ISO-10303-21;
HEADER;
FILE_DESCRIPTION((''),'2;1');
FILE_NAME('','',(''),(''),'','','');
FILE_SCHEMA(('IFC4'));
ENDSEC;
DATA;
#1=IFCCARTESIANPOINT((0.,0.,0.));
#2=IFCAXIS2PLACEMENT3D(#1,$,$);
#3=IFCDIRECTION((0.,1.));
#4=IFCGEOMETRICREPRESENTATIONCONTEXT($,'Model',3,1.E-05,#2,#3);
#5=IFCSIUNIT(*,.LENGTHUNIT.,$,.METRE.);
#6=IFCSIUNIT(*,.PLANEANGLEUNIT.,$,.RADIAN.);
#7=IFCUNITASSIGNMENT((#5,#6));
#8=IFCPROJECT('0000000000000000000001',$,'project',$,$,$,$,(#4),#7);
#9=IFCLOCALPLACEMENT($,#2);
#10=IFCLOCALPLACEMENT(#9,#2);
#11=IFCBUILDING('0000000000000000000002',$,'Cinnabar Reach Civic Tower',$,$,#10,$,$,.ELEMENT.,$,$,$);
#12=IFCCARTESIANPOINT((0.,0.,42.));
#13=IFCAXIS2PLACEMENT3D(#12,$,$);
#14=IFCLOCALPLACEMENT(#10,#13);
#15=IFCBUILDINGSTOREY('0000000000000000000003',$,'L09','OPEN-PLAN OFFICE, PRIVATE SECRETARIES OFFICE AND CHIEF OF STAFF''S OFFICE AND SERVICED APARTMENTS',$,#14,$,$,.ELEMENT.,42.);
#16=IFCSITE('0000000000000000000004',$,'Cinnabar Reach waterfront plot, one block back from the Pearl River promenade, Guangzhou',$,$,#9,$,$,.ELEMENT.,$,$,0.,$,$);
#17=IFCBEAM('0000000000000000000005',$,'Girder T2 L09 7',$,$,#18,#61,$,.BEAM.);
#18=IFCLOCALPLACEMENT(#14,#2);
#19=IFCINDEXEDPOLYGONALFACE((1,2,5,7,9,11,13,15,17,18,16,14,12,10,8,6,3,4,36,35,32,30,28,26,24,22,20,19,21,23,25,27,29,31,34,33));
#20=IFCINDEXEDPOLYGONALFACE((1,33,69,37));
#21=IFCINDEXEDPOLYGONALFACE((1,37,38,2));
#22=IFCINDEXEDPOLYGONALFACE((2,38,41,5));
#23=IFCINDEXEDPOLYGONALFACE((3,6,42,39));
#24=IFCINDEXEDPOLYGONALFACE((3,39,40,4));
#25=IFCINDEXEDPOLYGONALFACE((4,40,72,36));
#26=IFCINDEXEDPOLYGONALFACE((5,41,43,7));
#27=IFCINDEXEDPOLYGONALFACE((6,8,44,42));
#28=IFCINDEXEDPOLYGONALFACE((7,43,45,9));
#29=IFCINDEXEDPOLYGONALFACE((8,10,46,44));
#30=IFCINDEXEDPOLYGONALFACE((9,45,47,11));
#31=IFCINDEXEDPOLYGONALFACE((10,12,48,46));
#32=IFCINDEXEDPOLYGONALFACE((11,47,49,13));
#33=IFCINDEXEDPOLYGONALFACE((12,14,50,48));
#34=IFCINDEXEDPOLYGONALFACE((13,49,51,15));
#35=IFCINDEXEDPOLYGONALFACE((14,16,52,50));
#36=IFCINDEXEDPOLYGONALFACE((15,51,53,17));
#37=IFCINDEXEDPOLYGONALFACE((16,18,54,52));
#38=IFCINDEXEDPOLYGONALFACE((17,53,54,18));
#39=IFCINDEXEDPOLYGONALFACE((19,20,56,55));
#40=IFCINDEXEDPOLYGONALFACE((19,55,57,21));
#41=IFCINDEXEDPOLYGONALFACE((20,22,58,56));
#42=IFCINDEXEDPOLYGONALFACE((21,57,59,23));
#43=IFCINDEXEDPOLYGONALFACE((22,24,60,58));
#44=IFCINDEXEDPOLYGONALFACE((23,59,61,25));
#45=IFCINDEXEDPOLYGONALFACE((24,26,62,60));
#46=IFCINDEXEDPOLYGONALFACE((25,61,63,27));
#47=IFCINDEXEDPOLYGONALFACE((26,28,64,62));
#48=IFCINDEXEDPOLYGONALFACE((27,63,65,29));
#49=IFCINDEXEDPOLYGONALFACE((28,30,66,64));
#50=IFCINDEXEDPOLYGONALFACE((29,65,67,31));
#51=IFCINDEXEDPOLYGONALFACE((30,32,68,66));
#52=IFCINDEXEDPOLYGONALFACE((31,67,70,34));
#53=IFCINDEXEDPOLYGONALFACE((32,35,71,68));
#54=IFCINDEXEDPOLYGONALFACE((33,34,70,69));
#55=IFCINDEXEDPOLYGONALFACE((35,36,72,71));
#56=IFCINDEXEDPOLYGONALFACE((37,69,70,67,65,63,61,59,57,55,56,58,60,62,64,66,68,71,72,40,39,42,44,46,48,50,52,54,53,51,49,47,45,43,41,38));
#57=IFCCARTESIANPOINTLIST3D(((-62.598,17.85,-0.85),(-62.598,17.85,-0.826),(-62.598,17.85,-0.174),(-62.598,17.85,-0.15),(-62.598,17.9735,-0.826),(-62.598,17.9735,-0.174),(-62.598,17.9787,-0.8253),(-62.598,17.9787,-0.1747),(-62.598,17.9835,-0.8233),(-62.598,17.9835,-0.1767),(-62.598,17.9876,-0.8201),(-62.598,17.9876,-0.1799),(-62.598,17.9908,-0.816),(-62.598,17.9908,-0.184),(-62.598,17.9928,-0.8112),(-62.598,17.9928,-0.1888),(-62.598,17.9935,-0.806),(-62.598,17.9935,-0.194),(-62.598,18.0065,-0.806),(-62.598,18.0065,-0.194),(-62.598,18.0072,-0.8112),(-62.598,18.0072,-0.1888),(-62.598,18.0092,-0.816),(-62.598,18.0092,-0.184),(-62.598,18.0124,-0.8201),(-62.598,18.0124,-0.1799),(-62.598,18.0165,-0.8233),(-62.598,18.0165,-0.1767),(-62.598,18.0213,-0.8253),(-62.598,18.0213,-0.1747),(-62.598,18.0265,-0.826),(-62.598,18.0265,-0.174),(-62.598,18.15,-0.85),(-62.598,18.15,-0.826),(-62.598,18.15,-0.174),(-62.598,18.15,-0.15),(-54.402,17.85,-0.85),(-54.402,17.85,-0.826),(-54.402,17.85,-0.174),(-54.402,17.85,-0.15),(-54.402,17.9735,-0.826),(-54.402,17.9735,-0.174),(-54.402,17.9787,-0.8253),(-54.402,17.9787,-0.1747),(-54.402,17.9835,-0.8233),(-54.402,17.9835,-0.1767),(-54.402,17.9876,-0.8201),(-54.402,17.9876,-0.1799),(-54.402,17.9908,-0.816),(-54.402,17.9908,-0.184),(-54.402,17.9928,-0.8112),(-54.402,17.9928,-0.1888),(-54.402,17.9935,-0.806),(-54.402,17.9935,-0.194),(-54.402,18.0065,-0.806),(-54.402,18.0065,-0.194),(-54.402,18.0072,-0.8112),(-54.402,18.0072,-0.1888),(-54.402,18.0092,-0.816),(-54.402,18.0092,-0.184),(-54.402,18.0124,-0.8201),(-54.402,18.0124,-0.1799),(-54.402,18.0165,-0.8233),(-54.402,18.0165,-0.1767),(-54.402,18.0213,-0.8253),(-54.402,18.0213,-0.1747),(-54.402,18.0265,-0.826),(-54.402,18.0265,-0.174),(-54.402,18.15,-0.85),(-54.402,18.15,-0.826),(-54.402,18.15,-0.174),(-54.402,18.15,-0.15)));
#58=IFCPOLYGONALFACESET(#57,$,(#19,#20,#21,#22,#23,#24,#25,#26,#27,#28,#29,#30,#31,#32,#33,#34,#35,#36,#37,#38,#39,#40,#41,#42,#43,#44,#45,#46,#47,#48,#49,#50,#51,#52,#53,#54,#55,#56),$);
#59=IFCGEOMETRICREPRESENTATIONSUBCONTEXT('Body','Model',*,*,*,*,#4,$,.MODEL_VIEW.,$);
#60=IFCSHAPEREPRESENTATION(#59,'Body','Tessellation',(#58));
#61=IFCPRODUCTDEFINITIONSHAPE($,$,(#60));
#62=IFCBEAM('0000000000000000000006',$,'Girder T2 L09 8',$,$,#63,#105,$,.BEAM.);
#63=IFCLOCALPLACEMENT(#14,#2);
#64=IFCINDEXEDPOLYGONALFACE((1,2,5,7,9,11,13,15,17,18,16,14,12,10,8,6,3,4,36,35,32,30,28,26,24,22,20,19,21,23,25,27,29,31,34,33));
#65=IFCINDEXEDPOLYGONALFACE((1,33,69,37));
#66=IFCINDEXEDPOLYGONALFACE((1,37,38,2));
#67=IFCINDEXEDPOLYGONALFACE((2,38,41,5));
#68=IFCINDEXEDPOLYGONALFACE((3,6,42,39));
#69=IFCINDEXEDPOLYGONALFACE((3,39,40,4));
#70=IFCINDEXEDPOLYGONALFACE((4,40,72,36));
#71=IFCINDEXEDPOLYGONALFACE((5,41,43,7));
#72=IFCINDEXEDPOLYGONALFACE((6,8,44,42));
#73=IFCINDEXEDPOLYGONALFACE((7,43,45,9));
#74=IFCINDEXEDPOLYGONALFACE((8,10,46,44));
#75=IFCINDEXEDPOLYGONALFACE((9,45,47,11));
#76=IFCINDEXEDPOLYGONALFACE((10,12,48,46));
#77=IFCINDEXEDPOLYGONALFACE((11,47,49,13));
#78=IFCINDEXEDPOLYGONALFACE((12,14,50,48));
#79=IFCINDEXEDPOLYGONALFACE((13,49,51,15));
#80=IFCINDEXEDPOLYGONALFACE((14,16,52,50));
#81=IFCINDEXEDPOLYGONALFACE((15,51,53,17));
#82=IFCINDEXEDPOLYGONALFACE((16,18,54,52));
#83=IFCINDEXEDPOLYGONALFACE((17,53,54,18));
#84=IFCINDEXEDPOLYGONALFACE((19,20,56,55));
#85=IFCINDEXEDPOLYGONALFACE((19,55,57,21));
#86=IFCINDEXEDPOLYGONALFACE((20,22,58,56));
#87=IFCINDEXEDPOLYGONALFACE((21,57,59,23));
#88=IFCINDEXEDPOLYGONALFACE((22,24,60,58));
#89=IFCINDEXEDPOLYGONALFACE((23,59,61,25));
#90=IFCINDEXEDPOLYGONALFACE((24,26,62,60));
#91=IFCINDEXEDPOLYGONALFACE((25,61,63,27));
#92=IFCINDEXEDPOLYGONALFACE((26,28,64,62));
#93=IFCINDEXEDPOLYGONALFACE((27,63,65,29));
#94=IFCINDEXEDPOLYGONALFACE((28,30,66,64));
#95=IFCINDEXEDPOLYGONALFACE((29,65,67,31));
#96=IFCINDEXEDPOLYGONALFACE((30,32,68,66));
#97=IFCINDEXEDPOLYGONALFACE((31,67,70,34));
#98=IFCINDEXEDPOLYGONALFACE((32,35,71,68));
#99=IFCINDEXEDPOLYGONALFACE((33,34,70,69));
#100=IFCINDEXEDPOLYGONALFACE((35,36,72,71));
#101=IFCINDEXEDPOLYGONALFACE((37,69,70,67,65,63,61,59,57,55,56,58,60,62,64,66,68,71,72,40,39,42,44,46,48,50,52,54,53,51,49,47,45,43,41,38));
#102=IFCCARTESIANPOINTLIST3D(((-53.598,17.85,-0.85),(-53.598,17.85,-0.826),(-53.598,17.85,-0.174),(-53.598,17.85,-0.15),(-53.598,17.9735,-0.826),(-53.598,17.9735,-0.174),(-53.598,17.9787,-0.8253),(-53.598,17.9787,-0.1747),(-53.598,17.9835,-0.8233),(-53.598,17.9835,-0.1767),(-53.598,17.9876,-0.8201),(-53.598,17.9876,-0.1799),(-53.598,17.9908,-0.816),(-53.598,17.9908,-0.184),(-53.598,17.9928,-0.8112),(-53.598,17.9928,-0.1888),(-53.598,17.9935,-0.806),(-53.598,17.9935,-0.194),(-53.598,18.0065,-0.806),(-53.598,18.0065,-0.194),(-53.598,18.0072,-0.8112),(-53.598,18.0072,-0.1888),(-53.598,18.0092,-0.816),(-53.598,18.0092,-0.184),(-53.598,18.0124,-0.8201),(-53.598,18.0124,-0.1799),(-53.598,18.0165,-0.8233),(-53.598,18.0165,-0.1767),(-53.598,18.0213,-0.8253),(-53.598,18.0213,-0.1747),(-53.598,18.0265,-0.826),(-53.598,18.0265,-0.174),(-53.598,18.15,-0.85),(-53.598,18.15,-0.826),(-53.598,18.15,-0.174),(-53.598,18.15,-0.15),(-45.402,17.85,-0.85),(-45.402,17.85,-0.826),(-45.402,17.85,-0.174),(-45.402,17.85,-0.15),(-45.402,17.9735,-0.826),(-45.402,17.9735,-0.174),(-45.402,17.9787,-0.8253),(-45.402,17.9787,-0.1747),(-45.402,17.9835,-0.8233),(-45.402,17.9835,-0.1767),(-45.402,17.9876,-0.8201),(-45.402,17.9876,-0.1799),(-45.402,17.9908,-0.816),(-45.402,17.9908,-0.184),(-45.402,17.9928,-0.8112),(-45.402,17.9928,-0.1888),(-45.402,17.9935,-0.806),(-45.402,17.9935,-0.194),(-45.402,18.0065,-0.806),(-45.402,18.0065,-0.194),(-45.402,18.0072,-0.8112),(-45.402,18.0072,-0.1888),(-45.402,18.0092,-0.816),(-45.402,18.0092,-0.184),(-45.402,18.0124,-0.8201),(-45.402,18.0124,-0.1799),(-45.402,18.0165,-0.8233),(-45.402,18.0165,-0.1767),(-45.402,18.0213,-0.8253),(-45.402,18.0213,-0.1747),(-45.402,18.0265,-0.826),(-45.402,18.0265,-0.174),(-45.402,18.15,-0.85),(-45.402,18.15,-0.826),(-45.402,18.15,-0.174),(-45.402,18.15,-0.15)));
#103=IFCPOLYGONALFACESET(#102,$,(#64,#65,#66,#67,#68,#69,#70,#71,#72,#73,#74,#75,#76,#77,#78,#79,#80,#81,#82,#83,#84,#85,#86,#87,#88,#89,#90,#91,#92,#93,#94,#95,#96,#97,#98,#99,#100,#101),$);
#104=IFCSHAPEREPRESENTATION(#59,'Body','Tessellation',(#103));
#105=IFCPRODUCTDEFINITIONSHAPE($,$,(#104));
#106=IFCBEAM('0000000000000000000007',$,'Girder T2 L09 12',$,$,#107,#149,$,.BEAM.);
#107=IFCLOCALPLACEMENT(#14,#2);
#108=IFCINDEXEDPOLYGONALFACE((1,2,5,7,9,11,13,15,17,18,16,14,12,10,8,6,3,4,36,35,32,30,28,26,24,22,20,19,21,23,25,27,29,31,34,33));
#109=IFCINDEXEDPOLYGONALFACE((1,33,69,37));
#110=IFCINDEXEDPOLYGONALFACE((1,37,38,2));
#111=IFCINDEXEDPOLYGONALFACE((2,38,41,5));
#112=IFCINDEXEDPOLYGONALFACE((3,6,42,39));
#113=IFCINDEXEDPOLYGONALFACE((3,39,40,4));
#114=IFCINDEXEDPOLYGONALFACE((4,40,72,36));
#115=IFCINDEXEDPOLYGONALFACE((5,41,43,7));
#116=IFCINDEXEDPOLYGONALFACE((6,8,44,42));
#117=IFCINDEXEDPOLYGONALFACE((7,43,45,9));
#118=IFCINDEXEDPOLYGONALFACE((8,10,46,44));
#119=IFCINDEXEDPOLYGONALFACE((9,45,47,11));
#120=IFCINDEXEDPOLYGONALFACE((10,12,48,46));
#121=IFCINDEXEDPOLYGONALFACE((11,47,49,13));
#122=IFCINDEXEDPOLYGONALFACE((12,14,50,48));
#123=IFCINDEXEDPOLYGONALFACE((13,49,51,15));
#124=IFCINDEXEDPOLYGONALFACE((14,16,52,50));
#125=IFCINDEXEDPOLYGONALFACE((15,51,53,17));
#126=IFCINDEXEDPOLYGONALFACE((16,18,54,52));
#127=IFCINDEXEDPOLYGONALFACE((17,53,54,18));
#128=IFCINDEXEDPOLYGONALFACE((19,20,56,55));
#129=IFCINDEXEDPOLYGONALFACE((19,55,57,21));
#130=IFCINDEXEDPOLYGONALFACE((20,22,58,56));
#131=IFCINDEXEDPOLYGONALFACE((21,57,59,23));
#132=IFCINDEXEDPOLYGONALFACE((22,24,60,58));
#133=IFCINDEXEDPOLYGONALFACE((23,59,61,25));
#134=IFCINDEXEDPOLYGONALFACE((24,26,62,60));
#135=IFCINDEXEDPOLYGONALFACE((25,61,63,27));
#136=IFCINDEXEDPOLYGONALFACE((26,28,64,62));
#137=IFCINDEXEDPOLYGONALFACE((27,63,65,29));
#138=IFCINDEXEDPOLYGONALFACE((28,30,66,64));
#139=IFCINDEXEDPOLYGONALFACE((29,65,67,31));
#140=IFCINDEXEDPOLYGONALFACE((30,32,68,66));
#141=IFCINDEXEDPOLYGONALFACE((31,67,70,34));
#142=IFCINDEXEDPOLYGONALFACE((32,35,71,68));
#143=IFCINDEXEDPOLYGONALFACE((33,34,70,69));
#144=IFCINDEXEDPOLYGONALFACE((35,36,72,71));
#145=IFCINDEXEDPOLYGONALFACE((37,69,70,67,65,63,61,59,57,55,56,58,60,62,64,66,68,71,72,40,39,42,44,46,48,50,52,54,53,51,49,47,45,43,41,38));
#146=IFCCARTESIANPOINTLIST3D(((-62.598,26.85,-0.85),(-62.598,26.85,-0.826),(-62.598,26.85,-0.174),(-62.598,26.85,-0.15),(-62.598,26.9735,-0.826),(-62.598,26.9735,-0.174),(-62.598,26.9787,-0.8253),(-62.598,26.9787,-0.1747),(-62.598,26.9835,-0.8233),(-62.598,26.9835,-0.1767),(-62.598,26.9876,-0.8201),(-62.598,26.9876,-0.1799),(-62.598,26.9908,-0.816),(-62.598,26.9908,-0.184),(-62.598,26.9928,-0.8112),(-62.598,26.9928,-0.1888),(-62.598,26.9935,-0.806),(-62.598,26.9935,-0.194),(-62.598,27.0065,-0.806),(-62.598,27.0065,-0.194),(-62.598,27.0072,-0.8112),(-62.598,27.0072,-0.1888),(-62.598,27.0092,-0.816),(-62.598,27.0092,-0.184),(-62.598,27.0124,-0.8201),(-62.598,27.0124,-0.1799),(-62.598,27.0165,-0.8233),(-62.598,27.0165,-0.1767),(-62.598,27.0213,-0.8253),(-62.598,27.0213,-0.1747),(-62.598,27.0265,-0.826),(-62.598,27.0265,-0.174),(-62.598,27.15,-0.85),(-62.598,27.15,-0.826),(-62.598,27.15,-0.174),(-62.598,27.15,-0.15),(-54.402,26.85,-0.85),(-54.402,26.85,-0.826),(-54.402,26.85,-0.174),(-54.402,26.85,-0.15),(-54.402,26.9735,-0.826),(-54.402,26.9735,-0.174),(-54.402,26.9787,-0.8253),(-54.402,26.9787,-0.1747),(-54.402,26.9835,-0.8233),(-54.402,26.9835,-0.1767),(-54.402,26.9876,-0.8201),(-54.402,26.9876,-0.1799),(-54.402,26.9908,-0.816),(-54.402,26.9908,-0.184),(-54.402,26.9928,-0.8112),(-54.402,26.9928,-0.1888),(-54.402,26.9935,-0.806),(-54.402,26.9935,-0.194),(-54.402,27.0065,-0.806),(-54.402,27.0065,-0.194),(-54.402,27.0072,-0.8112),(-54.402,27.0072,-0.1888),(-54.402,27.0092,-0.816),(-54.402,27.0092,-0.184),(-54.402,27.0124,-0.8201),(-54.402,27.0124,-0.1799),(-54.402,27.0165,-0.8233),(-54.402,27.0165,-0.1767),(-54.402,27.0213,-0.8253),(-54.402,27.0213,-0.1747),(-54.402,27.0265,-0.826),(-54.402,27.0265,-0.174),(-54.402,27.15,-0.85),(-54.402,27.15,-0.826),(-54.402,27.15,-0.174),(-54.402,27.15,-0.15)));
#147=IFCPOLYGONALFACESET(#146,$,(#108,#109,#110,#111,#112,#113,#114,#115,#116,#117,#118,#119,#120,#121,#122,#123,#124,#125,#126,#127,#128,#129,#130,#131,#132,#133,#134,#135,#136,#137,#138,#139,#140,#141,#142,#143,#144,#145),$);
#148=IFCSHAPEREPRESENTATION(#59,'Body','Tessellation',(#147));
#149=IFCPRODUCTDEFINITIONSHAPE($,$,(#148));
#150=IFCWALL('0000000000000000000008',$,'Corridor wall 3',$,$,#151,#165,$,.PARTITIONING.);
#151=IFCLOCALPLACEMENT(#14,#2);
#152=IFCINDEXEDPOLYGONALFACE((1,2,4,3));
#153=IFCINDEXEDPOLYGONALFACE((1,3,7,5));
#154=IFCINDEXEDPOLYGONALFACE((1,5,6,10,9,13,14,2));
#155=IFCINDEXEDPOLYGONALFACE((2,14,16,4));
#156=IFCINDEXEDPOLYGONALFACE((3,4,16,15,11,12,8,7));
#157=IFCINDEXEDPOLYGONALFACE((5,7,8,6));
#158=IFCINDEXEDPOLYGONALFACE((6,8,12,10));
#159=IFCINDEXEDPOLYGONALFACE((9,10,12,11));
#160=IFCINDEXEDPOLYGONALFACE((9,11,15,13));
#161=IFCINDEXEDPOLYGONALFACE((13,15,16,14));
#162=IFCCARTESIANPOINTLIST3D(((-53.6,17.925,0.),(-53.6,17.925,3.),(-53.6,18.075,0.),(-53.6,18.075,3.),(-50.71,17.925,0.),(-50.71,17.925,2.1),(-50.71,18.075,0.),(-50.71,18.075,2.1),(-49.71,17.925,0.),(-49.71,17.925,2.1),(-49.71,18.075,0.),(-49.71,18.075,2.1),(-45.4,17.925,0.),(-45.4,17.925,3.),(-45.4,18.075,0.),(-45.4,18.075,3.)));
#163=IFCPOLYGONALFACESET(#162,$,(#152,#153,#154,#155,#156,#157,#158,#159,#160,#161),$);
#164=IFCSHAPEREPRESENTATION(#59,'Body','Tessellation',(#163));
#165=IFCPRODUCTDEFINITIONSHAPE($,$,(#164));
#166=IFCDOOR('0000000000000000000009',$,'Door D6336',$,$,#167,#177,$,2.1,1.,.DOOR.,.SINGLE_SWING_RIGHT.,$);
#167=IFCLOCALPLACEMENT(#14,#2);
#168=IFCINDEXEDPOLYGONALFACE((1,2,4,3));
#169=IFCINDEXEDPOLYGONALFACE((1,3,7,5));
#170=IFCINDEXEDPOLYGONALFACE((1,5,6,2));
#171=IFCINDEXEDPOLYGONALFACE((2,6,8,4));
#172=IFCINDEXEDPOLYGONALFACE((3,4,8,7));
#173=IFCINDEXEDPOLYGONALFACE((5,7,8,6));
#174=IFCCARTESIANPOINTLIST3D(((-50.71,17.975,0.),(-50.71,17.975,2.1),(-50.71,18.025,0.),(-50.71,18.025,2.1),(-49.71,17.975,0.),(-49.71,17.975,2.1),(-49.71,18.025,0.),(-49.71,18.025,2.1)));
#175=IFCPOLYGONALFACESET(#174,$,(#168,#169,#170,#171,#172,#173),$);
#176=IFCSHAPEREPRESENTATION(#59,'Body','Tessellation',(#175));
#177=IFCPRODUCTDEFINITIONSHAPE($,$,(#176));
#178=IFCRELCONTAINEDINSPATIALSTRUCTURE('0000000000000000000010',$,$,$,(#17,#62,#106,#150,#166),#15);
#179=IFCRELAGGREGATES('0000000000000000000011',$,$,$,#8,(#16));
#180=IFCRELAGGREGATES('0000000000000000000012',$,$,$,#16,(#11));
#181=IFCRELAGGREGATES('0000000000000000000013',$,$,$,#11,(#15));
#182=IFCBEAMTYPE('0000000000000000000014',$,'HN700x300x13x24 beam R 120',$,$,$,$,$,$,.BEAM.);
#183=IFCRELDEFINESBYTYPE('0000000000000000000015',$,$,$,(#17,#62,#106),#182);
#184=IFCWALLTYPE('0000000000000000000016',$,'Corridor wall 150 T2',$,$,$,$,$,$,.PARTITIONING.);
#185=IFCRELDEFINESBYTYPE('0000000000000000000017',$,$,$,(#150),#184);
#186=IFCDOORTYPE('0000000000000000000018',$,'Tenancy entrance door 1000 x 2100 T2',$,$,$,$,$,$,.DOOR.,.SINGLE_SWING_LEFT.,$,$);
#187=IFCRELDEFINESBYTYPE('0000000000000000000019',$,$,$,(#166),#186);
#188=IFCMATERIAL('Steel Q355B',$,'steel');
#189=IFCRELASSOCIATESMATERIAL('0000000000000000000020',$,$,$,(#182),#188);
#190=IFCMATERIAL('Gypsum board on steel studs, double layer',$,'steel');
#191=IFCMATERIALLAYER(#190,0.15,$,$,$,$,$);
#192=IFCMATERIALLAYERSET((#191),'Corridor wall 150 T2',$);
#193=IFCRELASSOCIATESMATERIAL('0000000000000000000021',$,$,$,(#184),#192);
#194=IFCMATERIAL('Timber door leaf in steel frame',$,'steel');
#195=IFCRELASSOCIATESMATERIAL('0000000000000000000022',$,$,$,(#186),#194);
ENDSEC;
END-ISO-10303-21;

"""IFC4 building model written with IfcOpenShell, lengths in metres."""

from ifc_helpers import new_model, si_unit, direction, frame, frame_2d, origin, origin_2d, place, context, subcontext, project, spatial, rectangle, i_section, extrude, material, layer, layer_set, material_profile, profile_set, type_object, element, fill, save


model = new_model("IFC4")

# Units and contexts
model_context = context("Model", 3, precision=1e-05, world=origin(), true_north=direction((0.0, 1.0)))
body_context = subcontext(model_context, "Body", "Model", "MODEL_VIEW")
ifc_project = project(units=[si_unit("LENGTHUNIT", "METRE"), si_unit("PLANEANGLEUNIT", "RADIAN")], contexts=[model_context])

# Site, building, storey
site_placement = place(None, origin())
site = spatial("IfcSite", under=ifc_project, at=site_placement, Name="Cinnabar Reach waterfront plot, one block back from the Pearl River promenade, Guangzhou", CompositionType="ELEMENT", RefElevation=0.0)
building_placement = place(site_placement, origin())
building = spatial("IfcBuilding", under=site, at=building_placement, Name="Cinnabar Reach Civic Tower", CompositionType="ELEMENT")
storey_placement = place(building_placement, frame((0.0, 0.0, 42.0)))
storey = spatial("IfcBuildingStorey", under=building, at=storey_placement, Name="L09", Description="OPEN-PLAN OFFICE, PRIVATE SECRETARIES OFFICE AND CHIEF OF STAFF'S OFFICE AND SERVICED APARTMENTS", CompositionType="ELEMENT", Elevation=42.0)

# Beams
ifc_material_1 = material(Name="Steel Q355B", Category="steel")
ifc_material_profile_1 = material_profile(ifc_material_1, i_section(OverallWidth=0.3, OverallDepth=0.7, WebThickness=0.013, FlangeThickness=0.024, FilletRadius=0.02, at=origin_2d()), Name="HN700x300x13x24")
ifc_profile_set_1 = profile_set([ifc_material_profile_1], Name="Steel Q355B")
beam_type_1 = type_object("IfcBeamType", Name="HN700x300x13x24 beam R 120", PredefinedType="BEAM", material=ifc_profile_set_1)
for number, where, z_axis, x_axis, name in (
    (1, (-62.598, 18.0, -0.5), (1.0, 0.0, 0.0), (0.0, 1.0, 0.0), "Girder T2 L09 7"),
    (2, (-53.598, 18.0, -0.5), (1.0, 0.0, 0.0), (0.0, 1.0, 0.0), "Girder T2 L09 8"),
    (3, (-62.598, 27.0, -0.5), (1.0, 0.0, 0.0), (0.0, 1.0, 0.0), "Girder T2 L09 12"),
):
    element("IfcBeam", number, at=place(storey_placement, frame(where, z_axis=z_axis, x_axis=x_axis)), inside=storey, type_object=beam_type_1, Name=name, PredefinedType="BEAM", context=body_context, shape_type="SweptSolid", body=[
        extrude(i_section(OverallWidth=0.3, OverallDepth=0.7, WebThickness=0.013, FlangeThickness=0.024, FilletRadius=0.02, at=origin_2d()), origin(), (0.0, 0.0, 1.0), 8.196),
    ])

# Wall, opening, door
ifc_material_2 = material(Name="Gypsum board on steel studs, double layer", Category="steel")
ifc_layer_1 = layer(ifc_material_2, 0.15)
ifc_layer_set_1 = layer_set([ifc_layer_1], Name="Corridor wall 150 T2")
wall_type_1 = type_object("IfcWallType", Name="Corridor wall 150 T2", PredefinedType="PARTITIONING", material=ifc_layer_set_1)
wall_1_placement = place(storey_placement, frame((-53.6, 18.0, 0.0), z_axis=(0.0, 0.0, 1.0), x_axis=(1.0, 0.0, 0.0)))
wall_1 = element("IfcWall", 4, at=wall_1_placement, inside=storey, type_object=wall_type_1, Name="Corridor wall 3", PredefinedType="PARTITIONING", context=body_context, shape_type="SweptSolid", body=[
    extrude(rectangle(XDim=8.2, YDim=0.15, at=frame_2d((4.1, 0.0))), origin(), (0.0, 0.0, 1.0), 3.0),
])
opening_1_placement = place(wall_1_placement, frame((2.89, 0.0, 0.0)))
opening_1 = element("IfcOpeningElement", 5, at=opening_1_placement, cuts=wall_1, PredefinedType="OPENING", context=body_context, shape_type="SweptSolid", body=[
    extrude(rectangle(XDim=1.0, YDim=2.1, at=frame_2d((0.5, 1.05))), frame((0.0, 0.085, 0.0), z_axis=(0.0, -1.0, 0.0), x_axis=(1.0, 0.0, 0.0)), (0.0, 0.0, 1.0), 0.17),
])
ifc_material_3 = material(Name="Timber door leaf in steel frame", Category="steel")
door_type_1 = type_object("IfcDoorType", Name="Tenancy entrance door 1000 x 2100 T2", OperationType="SINGLE_SWING_LEFT", PredefinedType="DOOR", material=ifc_material_3)
door_1_placement = place(opening_1_placement, frame((1.0, 0.0, 0.0), z_axis=(0.0, 0.0, 1.0), x_axis=(-1.0, 0.0, 0.0)))
door_1 = element("IfcDoor", 6, at=door_1_placement, inside=storey, type_object=door_type_1, Name="Door D6336", OperationType="SINGLE_SWING_RIGHT", OverallHeight=2.1, OverallWidth=1.0, PredefinedType="DOOR", context=body_context, shape_type="SweptSolid", body=[
    extrude(rectangle(XDim=1.0, YDim=2.1, at=frame_2d((0.5, 1.05))), frame((0.0, 0.025, 0.0), z_axis=(0.0, -1.0, 0.0), x_axis=(1.0, 0.0, 0.0)), (0.0, 0.0, 1.0), 0.05),
])
fill(opening_1, door_1)

save(model, "model.ifc")
